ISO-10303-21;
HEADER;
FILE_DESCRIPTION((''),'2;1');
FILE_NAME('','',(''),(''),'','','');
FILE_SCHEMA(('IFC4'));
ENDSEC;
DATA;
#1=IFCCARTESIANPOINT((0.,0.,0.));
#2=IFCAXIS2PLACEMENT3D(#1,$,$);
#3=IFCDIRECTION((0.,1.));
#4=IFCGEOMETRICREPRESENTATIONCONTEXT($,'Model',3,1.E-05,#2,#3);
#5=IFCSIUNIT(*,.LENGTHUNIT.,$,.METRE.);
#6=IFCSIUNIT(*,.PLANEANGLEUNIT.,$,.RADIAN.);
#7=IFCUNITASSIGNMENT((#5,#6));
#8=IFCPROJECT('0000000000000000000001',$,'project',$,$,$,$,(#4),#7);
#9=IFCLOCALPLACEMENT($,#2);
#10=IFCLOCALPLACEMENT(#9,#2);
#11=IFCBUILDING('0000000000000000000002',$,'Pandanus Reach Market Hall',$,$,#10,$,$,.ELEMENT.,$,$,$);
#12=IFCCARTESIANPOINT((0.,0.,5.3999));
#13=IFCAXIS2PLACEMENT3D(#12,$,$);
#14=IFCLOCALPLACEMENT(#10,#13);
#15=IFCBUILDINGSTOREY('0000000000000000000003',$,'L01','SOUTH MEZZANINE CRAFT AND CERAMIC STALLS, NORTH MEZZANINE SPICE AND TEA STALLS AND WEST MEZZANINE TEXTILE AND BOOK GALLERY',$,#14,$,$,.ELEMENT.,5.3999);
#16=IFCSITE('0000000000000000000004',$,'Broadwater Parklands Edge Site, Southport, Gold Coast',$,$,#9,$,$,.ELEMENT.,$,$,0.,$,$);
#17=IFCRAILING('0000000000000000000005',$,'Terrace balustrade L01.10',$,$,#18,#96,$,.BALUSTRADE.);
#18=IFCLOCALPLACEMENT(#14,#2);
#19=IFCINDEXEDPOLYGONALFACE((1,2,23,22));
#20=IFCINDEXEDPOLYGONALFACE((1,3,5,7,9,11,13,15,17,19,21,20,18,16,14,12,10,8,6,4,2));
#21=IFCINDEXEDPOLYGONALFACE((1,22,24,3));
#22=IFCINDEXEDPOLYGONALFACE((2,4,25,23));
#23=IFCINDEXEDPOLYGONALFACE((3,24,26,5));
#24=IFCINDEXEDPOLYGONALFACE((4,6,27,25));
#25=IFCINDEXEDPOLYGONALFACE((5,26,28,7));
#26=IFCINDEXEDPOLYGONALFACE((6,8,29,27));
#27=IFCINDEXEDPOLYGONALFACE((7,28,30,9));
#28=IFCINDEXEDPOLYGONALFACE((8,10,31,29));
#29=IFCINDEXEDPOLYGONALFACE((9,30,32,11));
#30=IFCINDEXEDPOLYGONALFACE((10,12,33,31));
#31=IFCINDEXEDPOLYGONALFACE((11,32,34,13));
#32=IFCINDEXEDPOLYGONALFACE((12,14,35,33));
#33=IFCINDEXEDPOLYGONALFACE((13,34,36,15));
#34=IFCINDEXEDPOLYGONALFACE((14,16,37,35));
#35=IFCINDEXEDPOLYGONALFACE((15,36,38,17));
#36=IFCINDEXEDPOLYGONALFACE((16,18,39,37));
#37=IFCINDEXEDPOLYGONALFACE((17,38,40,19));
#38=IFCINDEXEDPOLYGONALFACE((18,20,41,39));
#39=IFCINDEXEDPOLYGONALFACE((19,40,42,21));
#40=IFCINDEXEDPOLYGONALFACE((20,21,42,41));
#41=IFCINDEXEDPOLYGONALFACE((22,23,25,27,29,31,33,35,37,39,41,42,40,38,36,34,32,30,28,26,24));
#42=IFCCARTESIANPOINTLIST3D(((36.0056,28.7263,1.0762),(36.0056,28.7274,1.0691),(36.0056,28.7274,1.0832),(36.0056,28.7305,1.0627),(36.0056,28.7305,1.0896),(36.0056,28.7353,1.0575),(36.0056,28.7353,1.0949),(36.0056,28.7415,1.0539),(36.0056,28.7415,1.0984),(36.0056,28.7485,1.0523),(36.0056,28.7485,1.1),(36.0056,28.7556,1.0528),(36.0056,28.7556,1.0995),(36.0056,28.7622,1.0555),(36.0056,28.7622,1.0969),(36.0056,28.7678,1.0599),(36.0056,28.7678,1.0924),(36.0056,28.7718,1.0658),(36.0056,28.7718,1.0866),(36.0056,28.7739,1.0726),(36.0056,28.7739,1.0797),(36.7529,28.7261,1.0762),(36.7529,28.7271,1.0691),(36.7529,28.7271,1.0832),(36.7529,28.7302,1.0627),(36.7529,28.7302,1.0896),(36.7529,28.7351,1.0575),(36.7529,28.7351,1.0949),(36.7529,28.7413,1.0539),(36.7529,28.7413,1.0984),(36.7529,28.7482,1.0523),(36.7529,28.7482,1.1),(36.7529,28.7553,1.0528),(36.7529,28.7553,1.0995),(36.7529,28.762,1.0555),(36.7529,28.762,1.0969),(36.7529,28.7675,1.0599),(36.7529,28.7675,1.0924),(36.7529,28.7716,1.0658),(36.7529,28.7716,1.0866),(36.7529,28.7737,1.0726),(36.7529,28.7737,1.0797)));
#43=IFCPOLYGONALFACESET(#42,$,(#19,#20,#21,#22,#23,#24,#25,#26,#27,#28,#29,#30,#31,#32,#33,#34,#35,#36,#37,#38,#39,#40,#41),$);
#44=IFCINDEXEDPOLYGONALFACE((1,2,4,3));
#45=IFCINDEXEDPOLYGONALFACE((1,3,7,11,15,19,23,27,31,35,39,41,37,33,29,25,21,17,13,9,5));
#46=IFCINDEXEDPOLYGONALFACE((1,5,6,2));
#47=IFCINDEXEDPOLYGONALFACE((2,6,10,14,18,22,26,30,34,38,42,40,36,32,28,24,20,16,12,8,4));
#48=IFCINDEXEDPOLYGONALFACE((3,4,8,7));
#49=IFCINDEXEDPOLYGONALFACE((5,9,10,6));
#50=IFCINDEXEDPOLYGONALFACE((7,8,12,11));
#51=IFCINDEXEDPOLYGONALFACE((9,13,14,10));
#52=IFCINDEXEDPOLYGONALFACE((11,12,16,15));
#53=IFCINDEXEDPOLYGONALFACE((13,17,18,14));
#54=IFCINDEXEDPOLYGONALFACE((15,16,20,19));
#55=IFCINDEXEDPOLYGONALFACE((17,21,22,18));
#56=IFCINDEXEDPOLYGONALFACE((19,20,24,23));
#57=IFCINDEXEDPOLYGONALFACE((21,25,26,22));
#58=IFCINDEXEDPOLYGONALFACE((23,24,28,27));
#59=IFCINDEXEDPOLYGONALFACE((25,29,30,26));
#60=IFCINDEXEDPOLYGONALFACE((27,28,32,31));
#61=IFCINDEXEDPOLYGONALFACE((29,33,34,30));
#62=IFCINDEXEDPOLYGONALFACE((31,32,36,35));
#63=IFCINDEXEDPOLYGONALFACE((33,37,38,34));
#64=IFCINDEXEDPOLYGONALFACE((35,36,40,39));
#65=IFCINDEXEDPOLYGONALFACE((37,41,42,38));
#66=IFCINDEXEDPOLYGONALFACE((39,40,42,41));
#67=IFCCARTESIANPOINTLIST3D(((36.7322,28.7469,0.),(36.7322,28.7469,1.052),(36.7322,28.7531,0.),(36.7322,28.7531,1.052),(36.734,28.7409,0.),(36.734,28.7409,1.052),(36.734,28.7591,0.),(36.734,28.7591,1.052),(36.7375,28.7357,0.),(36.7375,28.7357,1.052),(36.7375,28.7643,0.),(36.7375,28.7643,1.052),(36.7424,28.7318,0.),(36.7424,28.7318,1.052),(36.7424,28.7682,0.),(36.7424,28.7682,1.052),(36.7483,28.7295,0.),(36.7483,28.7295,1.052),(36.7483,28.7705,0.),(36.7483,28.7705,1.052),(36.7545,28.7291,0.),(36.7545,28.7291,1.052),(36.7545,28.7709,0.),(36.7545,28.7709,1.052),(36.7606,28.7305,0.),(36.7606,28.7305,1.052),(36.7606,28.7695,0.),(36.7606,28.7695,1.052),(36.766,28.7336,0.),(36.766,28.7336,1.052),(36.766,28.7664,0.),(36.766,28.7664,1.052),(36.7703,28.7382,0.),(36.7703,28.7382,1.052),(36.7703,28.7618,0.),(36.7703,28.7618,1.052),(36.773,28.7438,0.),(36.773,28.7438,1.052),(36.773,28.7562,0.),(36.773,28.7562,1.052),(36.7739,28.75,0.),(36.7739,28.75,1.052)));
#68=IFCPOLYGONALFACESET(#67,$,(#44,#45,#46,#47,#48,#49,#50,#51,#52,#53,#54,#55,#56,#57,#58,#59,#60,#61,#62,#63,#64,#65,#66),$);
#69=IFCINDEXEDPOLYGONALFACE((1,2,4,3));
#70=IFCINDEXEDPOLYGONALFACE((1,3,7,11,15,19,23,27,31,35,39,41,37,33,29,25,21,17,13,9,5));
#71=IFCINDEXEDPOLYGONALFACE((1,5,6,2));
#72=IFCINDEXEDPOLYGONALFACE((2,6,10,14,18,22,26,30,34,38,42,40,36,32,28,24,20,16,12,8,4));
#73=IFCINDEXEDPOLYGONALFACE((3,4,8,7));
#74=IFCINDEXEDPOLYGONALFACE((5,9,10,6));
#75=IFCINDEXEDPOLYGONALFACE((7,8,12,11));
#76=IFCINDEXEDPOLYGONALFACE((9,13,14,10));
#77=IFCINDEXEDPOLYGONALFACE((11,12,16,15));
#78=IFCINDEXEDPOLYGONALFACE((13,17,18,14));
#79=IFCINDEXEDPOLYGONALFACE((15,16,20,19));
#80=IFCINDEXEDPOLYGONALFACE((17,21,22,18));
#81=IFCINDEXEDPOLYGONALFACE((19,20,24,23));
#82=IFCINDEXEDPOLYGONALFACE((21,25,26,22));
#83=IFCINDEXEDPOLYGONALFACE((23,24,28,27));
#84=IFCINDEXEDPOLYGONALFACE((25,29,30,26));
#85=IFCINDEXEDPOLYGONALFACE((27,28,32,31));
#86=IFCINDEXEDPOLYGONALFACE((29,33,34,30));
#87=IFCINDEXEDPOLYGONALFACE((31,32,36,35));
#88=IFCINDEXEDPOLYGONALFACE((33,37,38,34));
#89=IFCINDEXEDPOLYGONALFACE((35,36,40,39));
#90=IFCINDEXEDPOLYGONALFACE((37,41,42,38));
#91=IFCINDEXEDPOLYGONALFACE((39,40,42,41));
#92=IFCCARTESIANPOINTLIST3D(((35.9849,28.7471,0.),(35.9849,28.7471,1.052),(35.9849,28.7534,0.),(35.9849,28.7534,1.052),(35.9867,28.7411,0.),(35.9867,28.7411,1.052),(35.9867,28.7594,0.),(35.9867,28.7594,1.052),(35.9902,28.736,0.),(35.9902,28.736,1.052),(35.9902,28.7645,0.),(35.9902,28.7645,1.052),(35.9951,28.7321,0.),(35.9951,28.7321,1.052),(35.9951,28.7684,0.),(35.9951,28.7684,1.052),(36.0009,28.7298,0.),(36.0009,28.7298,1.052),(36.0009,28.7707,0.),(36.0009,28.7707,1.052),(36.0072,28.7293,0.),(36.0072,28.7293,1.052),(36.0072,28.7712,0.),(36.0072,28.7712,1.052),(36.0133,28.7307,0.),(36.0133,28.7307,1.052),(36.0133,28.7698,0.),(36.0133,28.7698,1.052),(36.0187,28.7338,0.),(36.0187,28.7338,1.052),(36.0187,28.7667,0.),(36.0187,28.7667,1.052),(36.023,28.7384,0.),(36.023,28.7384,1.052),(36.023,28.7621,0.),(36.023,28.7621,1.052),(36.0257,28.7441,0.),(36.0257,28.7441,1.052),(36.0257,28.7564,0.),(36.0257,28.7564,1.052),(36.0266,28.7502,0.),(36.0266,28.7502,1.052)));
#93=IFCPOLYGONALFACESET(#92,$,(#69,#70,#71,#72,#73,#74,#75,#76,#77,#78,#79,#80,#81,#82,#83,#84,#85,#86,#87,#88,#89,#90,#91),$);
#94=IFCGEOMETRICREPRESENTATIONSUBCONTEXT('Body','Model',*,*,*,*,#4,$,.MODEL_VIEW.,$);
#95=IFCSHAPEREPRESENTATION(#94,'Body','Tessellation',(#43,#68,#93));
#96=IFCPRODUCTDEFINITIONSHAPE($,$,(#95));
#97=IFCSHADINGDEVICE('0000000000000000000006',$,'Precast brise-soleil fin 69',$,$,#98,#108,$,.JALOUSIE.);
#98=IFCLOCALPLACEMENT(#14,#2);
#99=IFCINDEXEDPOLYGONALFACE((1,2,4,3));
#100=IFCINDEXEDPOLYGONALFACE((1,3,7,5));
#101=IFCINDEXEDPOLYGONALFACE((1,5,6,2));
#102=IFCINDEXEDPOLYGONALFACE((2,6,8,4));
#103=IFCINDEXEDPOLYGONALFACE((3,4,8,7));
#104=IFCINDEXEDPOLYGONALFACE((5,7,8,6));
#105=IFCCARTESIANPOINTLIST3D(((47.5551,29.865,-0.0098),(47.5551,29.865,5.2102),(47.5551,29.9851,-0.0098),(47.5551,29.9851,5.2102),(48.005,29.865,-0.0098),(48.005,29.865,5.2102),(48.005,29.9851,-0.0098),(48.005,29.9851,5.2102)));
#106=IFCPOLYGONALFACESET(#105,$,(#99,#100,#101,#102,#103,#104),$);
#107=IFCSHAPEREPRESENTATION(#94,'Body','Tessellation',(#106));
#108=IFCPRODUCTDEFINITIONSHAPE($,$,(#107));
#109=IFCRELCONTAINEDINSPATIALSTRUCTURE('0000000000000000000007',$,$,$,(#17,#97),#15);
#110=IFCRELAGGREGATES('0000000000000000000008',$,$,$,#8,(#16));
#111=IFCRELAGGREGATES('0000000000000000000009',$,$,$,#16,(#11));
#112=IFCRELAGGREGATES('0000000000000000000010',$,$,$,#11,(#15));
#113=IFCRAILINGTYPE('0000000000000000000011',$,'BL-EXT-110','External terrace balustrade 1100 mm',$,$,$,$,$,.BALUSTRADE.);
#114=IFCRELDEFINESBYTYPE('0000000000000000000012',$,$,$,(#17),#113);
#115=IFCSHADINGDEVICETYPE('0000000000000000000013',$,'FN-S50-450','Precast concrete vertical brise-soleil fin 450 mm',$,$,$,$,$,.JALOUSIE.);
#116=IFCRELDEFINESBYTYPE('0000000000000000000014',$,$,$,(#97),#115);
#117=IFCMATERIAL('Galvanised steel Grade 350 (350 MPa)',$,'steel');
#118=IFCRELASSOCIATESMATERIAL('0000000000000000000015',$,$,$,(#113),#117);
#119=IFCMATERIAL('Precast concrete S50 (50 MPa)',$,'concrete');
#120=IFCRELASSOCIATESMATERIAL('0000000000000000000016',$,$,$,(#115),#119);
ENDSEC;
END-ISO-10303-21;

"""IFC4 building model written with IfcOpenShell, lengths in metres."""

from ifc_helpers import new_model, si_unit, direction, frame, origin, origin_2d, place, context, subcontext, project, spatial, rectangle, circle, extrude, material, type_object, element, save


model = new_model("IFC4")

# Units and contexts
model_context = context("Model", 3, precision=1e-05, world=origin(), true_north=direction((0.0, 1.0)))
body_context = subcontext(model_context, "Body", "Model", "MODEL_VIEW")
ifc_project = project(units=[si_unit("LENGTHUNIT", "METRE"), si_unit("PLANEANGLEUNIT", "RADIAN")], contexts=[model_context])

# Site, building, storey
site_placement = place(None, origin())
site = spatial("IfcSite", under=ifc_project, at=site_placement, Name="Broadwater Parklands Edge Site, Southport, Gold Coast", CompositionType="ELEMENT", RefElevation=0.0)
building_placement = place(site_placement, origin())
building = spatial("IfcBuilding", under=site, at=building_placement, Name="Pandanus Reach Market Hall", CompositionType="ELEMENT")
storey_placement = place(building_placement, frame((0.0, 0.0, 5.3999)))
storey = spatial("IfcBuildingStorey", under=building, at=storey_placement, Name="L01", Description="SOUTH MEZZANINE CRAFT AND CERAMIC STALLS, NORTH MEZZANINE SPICE AND TEA STALLS AND WEST MEZZANINE TEXTILE AND BOOK GALLERY", CompositionType="ELEMENT", Elevation=5.3999)

# Railing
ifc_material_1 = material(Name="Galvanised steel Grade 350 (350 MPa)", Category="steel")
railing_type = type_object("IfcRailingType", Name="BL-EXT-110", Description="External terrace balustrade 1100 mm", PredefinedType="BALUSTRADE", material=ifc_material_1)
railing_1_placement = place(storey_placement, frame((36.7529, 28.75, 0.0)))
element("IfcRailing", 1, at=railing_1_placement, inside=storey, type_object=railing_type, Name="Terrace balustrade L01.10", PredefinedType="BALUSTRADE", context=body_context, shape_type="SweptSolid", body=[
    extrude(circle(Radius=0.0239, at=origin_2d()), frame((0.0, 0.0, 1.0762), z_axis=(-1.0, 0.000327, 0.0), x_axis=(-0.000327, -1.0, 0.0)), (0.0, 0.0, 1.0), 0.7473),
    extrude(circle(Radius=0.021, at=origin_2d()), origin(), (0.0, 0.0, 1.0), 1.052),
    extrude(circle(Radius=0.021, at=origin_2d()), frame((-0.7473, 0.0002, 0.0)), (0.0, 0.0, 1.0), 1.052),
])

# Shading device
ifc_material_2 = material(Name="Precast concrete S50 (50 MPa)", Category="concrete")
shading_device_type = type_object("IfcShadingDeviceType", Name="FN-S50-450", Description="Precast concrete vertical brise-soleil fin 450 mm", PredefinedType="JALOUSIE", material=ifc_material_2)
shading_device_placement = place(storey_placement, frame((47.78, 29.925, -0.0098), z_axis=(0.0, 0.0, 1.0), x_axis=(-1.0, 0.0, 0.0)))
element("IfcShadingDevice", 2, at=shading_device_placement, inside=storey, type_object=shading_device_type, Name="Precast brise-soleil fin 69", PredefinedType="JALOUSIE", context=body_context, shape_type="SweptSolid", body=[
    extrude(rectangle(XDim=0.45, YDim=0.1201, at=origin_2d()), origin(), (0.0, 0.0, 1.0), 5.22),
])

save(model, "model.ifc")
